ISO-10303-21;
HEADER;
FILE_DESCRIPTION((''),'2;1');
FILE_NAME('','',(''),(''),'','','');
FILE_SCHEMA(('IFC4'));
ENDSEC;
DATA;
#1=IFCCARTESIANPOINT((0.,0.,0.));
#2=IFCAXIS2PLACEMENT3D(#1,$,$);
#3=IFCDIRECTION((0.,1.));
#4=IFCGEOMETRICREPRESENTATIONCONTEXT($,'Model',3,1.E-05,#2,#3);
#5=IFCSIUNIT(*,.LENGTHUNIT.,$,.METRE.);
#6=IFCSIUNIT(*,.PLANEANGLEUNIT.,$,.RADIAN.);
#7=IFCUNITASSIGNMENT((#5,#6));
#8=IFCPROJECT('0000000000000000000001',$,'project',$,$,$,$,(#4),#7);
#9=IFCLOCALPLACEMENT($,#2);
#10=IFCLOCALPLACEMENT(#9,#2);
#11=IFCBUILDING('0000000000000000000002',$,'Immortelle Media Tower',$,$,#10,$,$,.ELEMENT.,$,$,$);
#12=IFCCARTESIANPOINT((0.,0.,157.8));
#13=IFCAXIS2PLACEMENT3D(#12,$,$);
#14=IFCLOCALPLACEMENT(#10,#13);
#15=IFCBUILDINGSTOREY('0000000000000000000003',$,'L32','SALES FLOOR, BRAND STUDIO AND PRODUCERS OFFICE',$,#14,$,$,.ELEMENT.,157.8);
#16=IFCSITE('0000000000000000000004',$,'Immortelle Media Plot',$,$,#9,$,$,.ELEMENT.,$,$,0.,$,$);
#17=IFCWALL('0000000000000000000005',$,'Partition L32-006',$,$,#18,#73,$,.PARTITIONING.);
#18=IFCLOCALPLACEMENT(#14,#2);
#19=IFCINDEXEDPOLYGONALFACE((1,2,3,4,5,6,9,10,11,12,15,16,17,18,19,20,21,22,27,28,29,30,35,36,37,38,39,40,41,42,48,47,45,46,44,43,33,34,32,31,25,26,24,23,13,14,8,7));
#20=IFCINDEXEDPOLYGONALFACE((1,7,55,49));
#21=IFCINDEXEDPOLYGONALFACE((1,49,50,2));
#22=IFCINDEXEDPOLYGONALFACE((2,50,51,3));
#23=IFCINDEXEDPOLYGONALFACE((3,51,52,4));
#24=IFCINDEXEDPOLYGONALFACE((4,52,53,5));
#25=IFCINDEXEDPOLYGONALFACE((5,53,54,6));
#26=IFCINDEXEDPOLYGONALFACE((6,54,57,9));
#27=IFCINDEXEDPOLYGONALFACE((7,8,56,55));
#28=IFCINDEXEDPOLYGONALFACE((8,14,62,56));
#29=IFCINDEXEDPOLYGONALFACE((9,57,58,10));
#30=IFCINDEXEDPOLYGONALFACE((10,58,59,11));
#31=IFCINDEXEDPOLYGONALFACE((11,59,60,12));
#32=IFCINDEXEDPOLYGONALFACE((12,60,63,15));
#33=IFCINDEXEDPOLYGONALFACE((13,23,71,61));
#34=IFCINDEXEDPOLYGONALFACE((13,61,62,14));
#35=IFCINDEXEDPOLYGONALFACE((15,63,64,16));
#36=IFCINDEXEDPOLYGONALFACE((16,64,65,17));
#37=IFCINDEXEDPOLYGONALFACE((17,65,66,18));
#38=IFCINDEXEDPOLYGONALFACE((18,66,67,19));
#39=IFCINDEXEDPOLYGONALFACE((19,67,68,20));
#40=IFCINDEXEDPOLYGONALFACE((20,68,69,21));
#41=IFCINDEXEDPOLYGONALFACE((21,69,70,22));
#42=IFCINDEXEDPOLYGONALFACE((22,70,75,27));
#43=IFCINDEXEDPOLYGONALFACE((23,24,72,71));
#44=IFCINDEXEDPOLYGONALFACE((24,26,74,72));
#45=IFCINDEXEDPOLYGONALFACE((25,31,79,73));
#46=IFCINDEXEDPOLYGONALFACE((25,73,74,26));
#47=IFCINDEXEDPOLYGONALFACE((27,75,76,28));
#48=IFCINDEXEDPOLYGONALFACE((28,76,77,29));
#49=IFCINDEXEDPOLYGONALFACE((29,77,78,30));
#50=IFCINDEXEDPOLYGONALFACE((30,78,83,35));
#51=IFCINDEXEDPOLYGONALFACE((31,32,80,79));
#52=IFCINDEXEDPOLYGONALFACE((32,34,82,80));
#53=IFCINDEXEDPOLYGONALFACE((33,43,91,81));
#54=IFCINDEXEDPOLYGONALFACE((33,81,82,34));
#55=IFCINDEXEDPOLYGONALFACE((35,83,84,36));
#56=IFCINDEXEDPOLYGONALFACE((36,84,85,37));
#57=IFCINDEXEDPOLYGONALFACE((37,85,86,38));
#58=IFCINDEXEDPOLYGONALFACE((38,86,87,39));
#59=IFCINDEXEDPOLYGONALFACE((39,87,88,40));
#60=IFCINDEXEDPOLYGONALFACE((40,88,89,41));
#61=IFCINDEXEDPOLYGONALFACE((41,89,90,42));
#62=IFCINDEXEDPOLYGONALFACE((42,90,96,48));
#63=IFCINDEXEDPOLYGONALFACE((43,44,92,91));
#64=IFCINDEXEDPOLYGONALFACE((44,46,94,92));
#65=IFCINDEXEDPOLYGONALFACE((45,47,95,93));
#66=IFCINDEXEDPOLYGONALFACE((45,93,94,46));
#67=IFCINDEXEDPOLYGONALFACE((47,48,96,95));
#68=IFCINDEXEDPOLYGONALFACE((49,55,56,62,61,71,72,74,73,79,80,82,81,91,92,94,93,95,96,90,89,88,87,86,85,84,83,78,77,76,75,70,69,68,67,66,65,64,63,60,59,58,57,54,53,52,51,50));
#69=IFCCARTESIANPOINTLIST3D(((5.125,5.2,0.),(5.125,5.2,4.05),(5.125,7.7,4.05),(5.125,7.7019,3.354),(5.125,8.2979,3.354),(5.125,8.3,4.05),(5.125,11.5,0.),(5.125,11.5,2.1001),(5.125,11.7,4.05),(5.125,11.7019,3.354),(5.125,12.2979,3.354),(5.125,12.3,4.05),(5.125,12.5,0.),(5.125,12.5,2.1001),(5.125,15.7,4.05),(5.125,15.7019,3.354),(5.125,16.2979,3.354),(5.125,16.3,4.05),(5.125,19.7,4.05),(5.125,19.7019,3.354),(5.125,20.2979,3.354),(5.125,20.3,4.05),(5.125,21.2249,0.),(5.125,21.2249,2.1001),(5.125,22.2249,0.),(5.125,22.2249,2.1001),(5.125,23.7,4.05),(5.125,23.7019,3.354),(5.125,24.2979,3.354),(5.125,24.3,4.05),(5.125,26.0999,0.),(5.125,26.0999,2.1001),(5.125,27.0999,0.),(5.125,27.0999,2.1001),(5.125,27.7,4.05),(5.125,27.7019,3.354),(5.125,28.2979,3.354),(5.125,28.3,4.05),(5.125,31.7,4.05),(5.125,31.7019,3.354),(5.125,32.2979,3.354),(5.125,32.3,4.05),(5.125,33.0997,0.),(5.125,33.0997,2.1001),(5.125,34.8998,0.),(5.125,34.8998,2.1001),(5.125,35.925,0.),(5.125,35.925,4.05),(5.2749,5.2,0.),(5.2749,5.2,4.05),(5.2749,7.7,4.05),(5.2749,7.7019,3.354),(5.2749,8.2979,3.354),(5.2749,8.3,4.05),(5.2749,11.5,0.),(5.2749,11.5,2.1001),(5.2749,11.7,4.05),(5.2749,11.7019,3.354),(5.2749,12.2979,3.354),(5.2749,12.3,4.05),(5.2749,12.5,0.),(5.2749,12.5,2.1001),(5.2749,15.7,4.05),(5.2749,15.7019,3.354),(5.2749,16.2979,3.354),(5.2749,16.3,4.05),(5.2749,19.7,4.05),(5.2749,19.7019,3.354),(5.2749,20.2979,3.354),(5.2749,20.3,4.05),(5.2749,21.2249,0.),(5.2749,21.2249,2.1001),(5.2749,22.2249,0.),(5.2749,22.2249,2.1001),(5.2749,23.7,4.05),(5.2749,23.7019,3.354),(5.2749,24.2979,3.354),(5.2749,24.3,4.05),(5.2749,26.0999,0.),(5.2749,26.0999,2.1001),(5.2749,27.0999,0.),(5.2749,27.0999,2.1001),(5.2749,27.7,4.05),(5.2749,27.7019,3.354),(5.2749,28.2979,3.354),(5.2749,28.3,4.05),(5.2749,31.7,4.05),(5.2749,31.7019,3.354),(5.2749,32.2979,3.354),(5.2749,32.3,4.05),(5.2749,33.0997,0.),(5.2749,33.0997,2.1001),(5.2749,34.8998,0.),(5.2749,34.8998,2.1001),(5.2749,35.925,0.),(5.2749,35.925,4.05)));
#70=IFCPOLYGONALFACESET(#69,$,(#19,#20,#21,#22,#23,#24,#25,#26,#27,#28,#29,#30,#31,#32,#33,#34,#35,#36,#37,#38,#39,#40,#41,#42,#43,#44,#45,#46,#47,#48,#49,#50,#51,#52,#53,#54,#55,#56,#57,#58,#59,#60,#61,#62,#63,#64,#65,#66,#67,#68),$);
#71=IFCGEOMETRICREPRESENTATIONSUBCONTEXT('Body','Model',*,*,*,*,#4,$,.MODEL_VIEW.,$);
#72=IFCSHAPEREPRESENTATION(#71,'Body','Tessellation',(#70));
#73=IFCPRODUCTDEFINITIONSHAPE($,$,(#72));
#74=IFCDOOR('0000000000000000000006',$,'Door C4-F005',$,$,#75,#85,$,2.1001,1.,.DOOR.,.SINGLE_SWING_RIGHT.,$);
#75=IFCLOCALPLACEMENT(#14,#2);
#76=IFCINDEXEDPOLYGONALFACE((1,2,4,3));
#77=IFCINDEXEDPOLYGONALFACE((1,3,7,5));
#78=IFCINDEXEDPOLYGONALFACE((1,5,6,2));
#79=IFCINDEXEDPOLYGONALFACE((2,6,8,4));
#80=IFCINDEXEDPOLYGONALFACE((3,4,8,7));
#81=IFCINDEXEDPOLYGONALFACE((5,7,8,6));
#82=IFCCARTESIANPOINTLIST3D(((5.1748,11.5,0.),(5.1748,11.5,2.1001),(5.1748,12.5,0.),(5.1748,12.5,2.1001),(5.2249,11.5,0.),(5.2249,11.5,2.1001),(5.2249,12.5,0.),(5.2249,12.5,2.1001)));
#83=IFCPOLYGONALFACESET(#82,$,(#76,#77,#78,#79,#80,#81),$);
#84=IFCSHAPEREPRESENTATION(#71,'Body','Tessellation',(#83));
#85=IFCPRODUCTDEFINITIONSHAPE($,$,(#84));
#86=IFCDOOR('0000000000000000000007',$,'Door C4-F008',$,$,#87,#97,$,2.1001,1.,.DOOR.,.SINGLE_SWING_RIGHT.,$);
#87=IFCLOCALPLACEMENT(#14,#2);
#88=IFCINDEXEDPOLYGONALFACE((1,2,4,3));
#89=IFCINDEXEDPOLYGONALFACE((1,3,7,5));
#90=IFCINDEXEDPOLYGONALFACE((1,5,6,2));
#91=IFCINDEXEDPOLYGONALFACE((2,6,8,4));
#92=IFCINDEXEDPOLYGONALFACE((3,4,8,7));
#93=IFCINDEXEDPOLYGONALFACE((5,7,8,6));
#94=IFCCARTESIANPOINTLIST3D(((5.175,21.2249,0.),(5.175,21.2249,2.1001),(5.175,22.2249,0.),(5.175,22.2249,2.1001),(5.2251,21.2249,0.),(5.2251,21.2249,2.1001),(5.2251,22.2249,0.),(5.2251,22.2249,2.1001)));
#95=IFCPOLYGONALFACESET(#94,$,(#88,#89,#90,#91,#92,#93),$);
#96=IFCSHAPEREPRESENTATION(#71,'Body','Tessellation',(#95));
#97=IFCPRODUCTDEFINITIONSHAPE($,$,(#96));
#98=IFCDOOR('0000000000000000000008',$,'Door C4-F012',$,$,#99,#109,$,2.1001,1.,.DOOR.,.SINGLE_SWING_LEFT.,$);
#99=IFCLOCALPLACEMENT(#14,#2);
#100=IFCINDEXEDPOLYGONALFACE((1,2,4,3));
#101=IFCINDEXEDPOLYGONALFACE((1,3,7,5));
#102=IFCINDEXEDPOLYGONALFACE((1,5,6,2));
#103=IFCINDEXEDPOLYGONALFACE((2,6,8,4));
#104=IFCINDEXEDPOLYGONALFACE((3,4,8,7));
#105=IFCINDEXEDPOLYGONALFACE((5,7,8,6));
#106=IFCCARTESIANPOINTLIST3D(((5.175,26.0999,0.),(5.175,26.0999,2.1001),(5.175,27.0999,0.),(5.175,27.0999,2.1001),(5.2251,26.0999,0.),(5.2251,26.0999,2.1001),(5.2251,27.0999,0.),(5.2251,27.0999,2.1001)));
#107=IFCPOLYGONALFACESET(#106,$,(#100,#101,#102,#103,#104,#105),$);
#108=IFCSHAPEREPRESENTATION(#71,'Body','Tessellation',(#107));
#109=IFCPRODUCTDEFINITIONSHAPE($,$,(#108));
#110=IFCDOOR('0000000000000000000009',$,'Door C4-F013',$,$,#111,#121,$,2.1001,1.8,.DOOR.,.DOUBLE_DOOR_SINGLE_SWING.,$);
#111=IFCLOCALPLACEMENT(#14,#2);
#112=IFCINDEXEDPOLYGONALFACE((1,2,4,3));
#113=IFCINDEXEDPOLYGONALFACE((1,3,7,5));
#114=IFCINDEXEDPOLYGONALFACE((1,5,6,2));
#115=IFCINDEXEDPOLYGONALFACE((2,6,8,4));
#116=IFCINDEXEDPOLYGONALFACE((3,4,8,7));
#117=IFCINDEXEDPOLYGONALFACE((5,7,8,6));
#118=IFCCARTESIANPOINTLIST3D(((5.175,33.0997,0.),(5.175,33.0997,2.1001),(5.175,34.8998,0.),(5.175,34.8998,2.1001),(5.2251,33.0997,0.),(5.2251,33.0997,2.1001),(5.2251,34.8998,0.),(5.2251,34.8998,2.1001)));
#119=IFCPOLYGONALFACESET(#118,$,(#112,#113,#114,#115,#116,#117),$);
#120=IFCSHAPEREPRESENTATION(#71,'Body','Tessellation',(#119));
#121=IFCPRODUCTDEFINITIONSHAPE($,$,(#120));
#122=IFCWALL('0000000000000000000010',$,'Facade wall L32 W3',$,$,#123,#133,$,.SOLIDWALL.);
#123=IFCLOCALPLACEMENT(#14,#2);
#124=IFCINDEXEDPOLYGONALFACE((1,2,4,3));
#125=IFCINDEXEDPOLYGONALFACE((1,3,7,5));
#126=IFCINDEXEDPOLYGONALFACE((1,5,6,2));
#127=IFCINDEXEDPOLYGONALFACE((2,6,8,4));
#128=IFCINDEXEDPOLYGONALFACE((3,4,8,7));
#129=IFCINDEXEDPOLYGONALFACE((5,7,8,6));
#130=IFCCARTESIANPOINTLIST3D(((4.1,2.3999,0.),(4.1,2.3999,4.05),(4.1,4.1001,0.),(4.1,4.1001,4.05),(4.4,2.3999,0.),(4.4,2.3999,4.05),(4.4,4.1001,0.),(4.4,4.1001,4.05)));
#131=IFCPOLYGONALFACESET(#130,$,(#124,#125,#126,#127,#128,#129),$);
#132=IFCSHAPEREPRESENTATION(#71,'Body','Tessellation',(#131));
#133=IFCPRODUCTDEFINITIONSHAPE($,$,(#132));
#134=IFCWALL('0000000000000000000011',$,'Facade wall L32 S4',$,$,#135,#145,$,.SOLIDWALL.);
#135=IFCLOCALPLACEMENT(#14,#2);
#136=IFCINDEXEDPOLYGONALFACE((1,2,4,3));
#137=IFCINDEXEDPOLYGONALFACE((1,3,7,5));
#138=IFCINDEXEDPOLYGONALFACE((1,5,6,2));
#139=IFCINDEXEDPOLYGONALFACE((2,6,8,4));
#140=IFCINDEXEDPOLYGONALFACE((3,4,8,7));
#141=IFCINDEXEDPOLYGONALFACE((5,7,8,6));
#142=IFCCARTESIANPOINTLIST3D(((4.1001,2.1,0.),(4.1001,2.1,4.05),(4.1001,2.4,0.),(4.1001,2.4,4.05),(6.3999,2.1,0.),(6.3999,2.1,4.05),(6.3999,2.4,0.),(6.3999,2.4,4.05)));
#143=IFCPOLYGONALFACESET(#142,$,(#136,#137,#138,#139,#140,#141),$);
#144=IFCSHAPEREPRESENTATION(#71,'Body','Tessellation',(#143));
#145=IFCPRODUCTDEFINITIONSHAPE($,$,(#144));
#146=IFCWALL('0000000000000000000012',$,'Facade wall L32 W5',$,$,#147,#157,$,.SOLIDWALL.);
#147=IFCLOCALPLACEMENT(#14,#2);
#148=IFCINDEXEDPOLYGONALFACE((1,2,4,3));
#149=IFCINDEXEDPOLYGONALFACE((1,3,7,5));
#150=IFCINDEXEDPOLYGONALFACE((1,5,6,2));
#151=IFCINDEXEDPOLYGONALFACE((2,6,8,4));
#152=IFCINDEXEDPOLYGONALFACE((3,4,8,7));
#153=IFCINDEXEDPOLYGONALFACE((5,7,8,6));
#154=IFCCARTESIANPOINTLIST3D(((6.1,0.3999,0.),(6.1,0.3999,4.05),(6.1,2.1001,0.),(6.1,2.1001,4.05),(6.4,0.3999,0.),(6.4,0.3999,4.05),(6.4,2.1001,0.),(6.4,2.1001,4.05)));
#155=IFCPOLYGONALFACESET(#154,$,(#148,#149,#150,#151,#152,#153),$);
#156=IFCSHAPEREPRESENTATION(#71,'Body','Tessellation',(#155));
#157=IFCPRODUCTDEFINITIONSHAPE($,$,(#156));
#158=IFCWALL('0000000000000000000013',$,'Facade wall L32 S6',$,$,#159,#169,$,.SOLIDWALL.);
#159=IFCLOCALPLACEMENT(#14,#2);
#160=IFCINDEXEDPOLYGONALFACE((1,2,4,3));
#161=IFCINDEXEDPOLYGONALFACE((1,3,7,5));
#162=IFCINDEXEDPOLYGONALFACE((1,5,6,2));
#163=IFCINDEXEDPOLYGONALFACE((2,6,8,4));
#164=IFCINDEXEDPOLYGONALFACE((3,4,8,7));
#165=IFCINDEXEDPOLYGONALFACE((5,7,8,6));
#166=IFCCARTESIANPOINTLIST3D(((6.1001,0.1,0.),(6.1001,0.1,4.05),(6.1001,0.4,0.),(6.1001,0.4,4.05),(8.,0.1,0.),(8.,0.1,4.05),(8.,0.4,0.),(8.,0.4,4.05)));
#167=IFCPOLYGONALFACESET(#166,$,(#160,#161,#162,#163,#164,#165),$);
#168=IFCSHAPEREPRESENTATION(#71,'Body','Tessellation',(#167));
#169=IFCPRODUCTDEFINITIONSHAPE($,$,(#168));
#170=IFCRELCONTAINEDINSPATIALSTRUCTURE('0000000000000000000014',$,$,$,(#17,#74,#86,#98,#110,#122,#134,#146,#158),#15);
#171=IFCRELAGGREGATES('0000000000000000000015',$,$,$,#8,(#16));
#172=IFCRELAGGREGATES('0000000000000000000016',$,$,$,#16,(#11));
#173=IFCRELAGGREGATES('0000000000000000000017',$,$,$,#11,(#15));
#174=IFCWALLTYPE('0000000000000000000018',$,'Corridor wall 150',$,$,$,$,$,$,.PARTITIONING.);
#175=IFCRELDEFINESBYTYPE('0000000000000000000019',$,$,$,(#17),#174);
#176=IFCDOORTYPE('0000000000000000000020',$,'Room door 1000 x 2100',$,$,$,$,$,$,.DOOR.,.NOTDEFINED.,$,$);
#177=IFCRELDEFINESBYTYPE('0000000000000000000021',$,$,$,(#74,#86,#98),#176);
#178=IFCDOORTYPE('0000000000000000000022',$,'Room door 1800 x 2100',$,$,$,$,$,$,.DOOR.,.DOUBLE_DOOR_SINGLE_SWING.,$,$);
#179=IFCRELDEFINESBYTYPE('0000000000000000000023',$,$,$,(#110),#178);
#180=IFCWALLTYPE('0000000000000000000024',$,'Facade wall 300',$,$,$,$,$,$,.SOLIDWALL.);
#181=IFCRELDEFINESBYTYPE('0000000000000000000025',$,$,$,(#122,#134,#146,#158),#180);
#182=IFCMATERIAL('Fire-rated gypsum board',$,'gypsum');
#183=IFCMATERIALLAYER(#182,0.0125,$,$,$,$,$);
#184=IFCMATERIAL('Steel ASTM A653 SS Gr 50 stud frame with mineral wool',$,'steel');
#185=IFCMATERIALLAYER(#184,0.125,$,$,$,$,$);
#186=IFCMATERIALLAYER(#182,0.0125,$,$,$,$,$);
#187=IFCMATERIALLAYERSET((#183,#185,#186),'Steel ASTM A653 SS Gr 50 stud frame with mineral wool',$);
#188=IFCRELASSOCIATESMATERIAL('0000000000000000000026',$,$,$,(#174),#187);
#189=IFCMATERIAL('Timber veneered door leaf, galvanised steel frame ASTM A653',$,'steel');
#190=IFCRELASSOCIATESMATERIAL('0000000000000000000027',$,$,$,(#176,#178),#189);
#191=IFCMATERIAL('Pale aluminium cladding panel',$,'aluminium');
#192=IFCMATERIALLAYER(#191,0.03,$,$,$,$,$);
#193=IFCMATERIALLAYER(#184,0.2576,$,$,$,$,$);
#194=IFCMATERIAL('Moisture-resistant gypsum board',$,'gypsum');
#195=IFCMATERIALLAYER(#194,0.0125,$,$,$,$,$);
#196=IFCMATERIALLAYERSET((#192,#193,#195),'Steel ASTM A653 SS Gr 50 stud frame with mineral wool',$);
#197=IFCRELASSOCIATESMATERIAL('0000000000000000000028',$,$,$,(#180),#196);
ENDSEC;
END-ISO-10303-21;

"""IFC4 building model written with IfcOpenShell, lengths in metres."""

from ifc_helpers import new_model, si_unit, direction, frame, frame_2d, origin, place, context, subcontext, project, spatial, polyline, rectangle, outline, extrude, material, layer, layer_set, type_object, element, fill, save


model = new_model("IFC4")

# Units and contexts
model_context = context("Model", 3, precision=1e-05, world=origin(), true_north=direction((0.0, 1.0)))
body_context = subcontext(model_context, "Body", "Model", "MODEL_VIEW")
ifc_project = project(units=[si_unit("LENGTHUNIT", "METRE"), si_unit("PLANEANGLEUNIT", "RADIAN")], contexts=[model_context])

# Site, building, storey
site_placement = place(None, origin())
site = spatial("IfcSite", under=ifc_project, at=site_placement, Name="Immortelle Media Plot", CompositionType="ELEMENT", RefElevation=0.0)
building_placement = place(site_placement, origin())
building = spatial("IfcBuilding", under=site, at=building_placement, Name="Immortelle Media Tower", CompositionType="ELEMENT")
storey_placement = place(building_placement, frame((0.0, 0.0, 157.8)))
storey = spatial("IfcBuildingStorey", under=building, at=storey_placement, Name="L32", Description="SALES FLOOR, BRAND STUDIO AND PRODUCERS OFFICE", CompositionType="ELEMENT", Elevation=157.8)

# Wall, openings, doors
ifc_material_1 = material(Name="Fire-rated gypsum board", Category="gypsum")
ifc_layer_1 = layer(ifc_material_1, 0.0125)
ifc_material_2 = material(Name="Steel ASTM A653 SS Gr 50 stud frame with mineral wool", Category="steel")
ifc_layer_2 = layer(ifc_material_2, 0.125)
ifc_layer_3 = layer(ifc_material_1, 0.0125)
ifc_layer_set_1 = layer_set([ifc_layer_1, ifc_layer_2, ifc_layer_3], Name="Steel ASTM A653 SS Gr 50 stud frame with mineral wool")
wall_type_1 = type_object("IfcWallType", Name="Corridor wall 150", PredefinedType="PARTITIONING", material=ifc_layer_set_1)
ifc_material_3 = material(Name="Timber veneered door leaf, galvanised steel frame ASTM A653", Category="steel")
door_type_1 = type_object("IfcDoorType", Name="Room door 1000 x 2100", OperationType="NOTDEFINED", PredefinedType="DOOR", material=ifc_material_3)
door_type_2 = type_object("IfcDoorType", Name="Room door 1800 x 2100", OperationType="DOUBLE_DOOR_SINGLE_SWING", PredefinedType="DOOR", material=ifc_material_3)
wall_1_placement = place(storey_placement, frame((5.2, 5.2, 0.0), z_axis=(0.0, 0.0, 1.0), x_axis=(0.0, 1.0, 0.0)))
wall_1 = element("IfcWall", 1, at=wall_1_placement, inside=storey, type_object=wall_type_1, Name="Partition L32-006", PredefinedType="PARTITIONING", context=body_context, shape_type="SweptSolid", body=[
    extrude(outline(polyline([(0.0, 0.0), (30.7251, 0.0), (30.7251, 4.05), (27.1001, 4.05), (27.0979, 3.354), (26.502, 3.354), (26.5, 4.05), (23.1001, 4.05), (23.0979, 3.354), (22.502, 3.354), (22.5, 4.05), (19.1001, 4.05), (19.0979, 3.354), (18.502, 3.354), (18.5, 4.05), (15.1001, 4.05), (15.0979, 3.354), (14.502, 3.354), (14.5, 4.05), (11.1001, 4.05), (11.0979, 3.354), (10.502, 3.354), (10.5, 4.05), (7.1001, 4.05), (7.0979, 3.354), (6.502, 3.354), (6.5, 4.05), (3.1001, 4.05), (3.0979, 3.354), (2.502, 3.354), (2.5, 4.05), (0.0, 4.05), (0.0, 0.0)])), frame((0.0, 0.075, 0.0), z_axis=(0.0, -1.0, 0.0), x_axis=(1.0, 0.0, 0.0)), (0.0, 0.0, 1.0), 0.1499),
])
opening_1_placement = place(wall_1_placement, frame((7.3, 0.0, 0.0), z_axis=(0.0, 0.0, 1.0), x_axis=(-1.0, 0.0, 0.0)))
opening_1 = element("IfcOpeningElement", 2, at=opening_1_placement, cuts=wall_1, PredefinedType="OPENING", context=body_context, shape_type="SweptSolid", body=[
    extrude(rectangle(XDim=1.0, YDim=2.1001, at=frame_2d((0.5, 1.05))), frame((0.0, 0.085, 0.0), z_axis=(0.0, -1.0, 0.0), x_axis=(1.0, 0.0, 0.0)), (0.0, 0.0, 1.0), 0.1699),
])
opening_2_placement = place(wall_1_placement, frame((16.0249, 0.0, 0.0)))
opening_2 = element("IfcOpeningElement", 3, at=opening_2_placement, cuts=wall_1, PredefinedType="OPENING", context=body_context, shape_type="SweptSolid", body=[
    extrude(rectangle(XDim=1.0, YDim=2.1001, at=frame_2d((0.5, 1.05))), frame((0.0, 0.085, 0.0), z_axis=(0.0, -1.0, 0.0), x_axis=(1.0, 0.0, 0.0)), (0.0, 0.0, 1.0), 0.1699),
])
opening_3_placement = place(wall_1_placement, frame((20.8999, 0.0, 0.0)))
opening_3 = element("IfcOpeningElement", 4, at=opening_3_placement, cuts=wall_1, PredefinedType="OPENING", context=body_context, shape_type="SweptSolid", body=[
    extrude(rectangle(XDim=1.0, YDim=2.1001, at=frame_2d((0.5, 1.05))), frame((0.0, 0.085, 0.0), z_axis=(0.0, -1.0, 0.0), x_axis=(1.0, 0.0, 0.0)), (0.0, 0.0, 1.0), 0.1699),
])
opening_4_placement = place(wall_1_placement, frame((27.8999, 0.0, 0.0)))
opening_4 = element("IfcOpeningElement", 5, at=opening_4_placement, cuts=wall_1, PredefinedType="OPENING", context=body_context, shape_type="SweptSolid", body=[
    extrude(rectangle(XDim=1.8, YDim=2.1001, at=frame_2d((0.8999, 1.05))), frame((0.0, 0.085, 0.0), z_axis=(0.0, -1.0, 0.0), x_axis=(1.0, 0.0, 0.0)), (0.0, 0.0, 1.0), 0.1699),
])
door_1_placement = place(opening_1_placement, origin())
door_1 = element("IfcDoor", 6, at=door_1_placement, inside=storey, type_object=door_type_1, Name="Door C4-F005", OperationType="SINGLE_SWING_RIGHT", OverallHeight=2.1001, OverallWidth=1.0, PredefinedType="DOOR", context=body_context, shape_type="SweptSolid", body=[
    extrude(rectangle(XDim=1.0, YDim=2.1001, at=frame_2d((0.5, 1.05))), frame((0.0, 0.0249, 0.0), z_axis=(0.0, -1.0, 0.0), x_axis=(1.0, 0.0, 0.0)), (0.0, 0.0, 1.0), 0.05),
])
fill(opening_1, door_1)
door_2_placement = place(opening_2_placement, origin())
door_2 = element("IfcDoor", 7, at=door_2_placement, inside=storey, type_object=door_type_1, Name="Door C4-F008", OperationType="SINGLE_SWING_RIGHT", OverallHeight=2.1001, OverallWidth=1.0, PredefinedType="DOOR", context=body_context, shape_type="SweptSolid", body=[
    extrude(rectangle(XDim=1.0, YDim=2.1001, at=frame_2d((0.5, 1.05))), frame((0.0, 0.0249, 0.0), z_axis=(0.0, -1.0, 0.0), x_axis=(1.0, 0.0, 0.0)), (0.0, 0.0, 1.0), 0.05),
])
fill(opening_2, door_2)
door_3_placement = place(opening_3_placement, origin())
door_3 = element("IfcDoor", 8, at=door_3_placement, inside=storey, type_object=door_type_1, Name="Door C4-F012", OperationType="SINGLE_SWING_LEFT", OverallHeight=2.1001, OverallWidth=1.0, PredefinedType="DOOR", context=body_context, shape_type="SweptSolid", body=[
    extrude(rectangle(XDim=1.0, YDim=2.1001, at=frame_2d((0.5, 1.05))), frame((0.0, 0.0249, 0.0), z_axis=(0.0, -1.0, 0.0), x_axis=(1.0, 0.0, 0.0)), (0.0, 0.0, 1.0), 0.05),
])
fill(opening_3, door_3)
door_4_placement = place(opening_4_placement, origin())
door_4 = element("IfcDoor", 9, at=door_4_placement, inside=storey, type_object=door_type_2, Name="Door C4-F013", OperationType="DOUBLE_DOOR_SINGLE_SWING", OverallHeight=2.1001, OverallWidth=1.8, PredefinedType="DOOR", context=body_context, shape_type="SweptSolid", body=[
    extrude(rectangle(XDim=1.8, YDim=2.1001, at=frame_2d((0.8999, 1.05))), frame((0.0, 0.0249, 0.0), z_axis=(0.0, -1.0, 0.0), x_axis=(1.0, 0.0, 0.0)), (0.0, 0.0, 1.0), 0.05),
])
fill(opening_4, door_4)

# Walls
ifc_material_4 = material(Name="Pale aluminium cladding panel", Category="aluminium")
ifc_layer_4 = layer(ifc_material_4, 0.03)
ifc_layer_5 = layer(ifc_material_2, 0.2576)
ifc_material_5 = material(Name="Moisture-resistant gypsum board", Category="gypsum")
ifc_layer_6 = layer(ifc_material_5, 0.0125)
ifc_layer_set_2 = layer_set([ifc_layer_4, ifc_layer_5, ifc_layer_6], Name="Steel ASTM A653 SS Gr 50 stud frame with mineral wool")
wall_type_2 = type_object("IfcWallType", Name="Facade wall 300", PredefinedType="SOLIDWALL", material=ifc_layer_set_2)
wall_2_placement = place(storey_placement, frame((4.25, 4.1001, 0.0), z_axis=(0.0, 0.0, 1.0), x_axis=(0.0, -1.0, 0.0)))
element("IfcWall", 10, at=wall_2_placement, inside=storey, type_object=wall_type_2, Name="Facade wall L32 W3", PredefinedType="SOLIDWALL", context=body_context, shape_type="SweptSolid", body=[
    extrude(rectangle(XDim=1.7002, YDim=0.3, at=frame_2d((0.8501, 0.0))), origin(), (0.0, 0.0, 1.0), 4.05),
])
wall_3_placement = place(storey_placement, frame((4.1001, 2.25, 0.0), z_axis=(0.0, 0.0, 1.0), x_axis=(1.0, 0.0, 0.0)))
element("IfcWall", 11, at=wall_3_placement, inside=storey, type_object=wall_type_2, Name="Facade wall L32 S4", PredefinedType="SOLIDWALL", context=body_context, shape_type="SweptSolid", body=[
    extrude(rectangle(XDim=2.2998, YDim=0.3, at=frame_2d((1.1499, 0.0))), origin(), (0.0, 0.0, 1.0), 4.05),
])
wall_4_placement = place(storey_placement, frame((6.25, 2.1001, 0.0), z_axis=(0.0, 0.0, 1.0), x_axis=(0.0, -1.0, 0.0)))
element("IfcWall", 12, at=wall_4_placement, inside=storey, type_object=wall_type_2, Name="Facade wall L32 W5", PredefinedType="SOLIDWALL", context=body_context, shape_type="SweptSolid", body=[
    extrude(rectangle(XDim=1.7002, YDim=0.3, at=frame_2d((0.8501, 0.0))), origin(), (0.0, 0.0, 1.0), 4.05),
])
wall_5_placement = place(storey_placement, frame((6.1001, 0.25, 0.0), z_axis=(0.0, 0.0, 1.0), x_axis=(1.0, 0.0, 0.0)))
element("IfcWall", 13, at=wall_5_placement, inside=storey, type_object=wall_type_2, Name="Facade wall L32 S6", PredefinedType="SOLIDWALL", context=body_context, shape_type="SweptSolid", body=[
    extrude(rectangle(XDim=1.8999, YDim=0.3, at=frame_2d((0.95, 0.0))), origin(), (0.0, 0.0, 1.0), 4.05),
])

save(model, "model.ifc")
